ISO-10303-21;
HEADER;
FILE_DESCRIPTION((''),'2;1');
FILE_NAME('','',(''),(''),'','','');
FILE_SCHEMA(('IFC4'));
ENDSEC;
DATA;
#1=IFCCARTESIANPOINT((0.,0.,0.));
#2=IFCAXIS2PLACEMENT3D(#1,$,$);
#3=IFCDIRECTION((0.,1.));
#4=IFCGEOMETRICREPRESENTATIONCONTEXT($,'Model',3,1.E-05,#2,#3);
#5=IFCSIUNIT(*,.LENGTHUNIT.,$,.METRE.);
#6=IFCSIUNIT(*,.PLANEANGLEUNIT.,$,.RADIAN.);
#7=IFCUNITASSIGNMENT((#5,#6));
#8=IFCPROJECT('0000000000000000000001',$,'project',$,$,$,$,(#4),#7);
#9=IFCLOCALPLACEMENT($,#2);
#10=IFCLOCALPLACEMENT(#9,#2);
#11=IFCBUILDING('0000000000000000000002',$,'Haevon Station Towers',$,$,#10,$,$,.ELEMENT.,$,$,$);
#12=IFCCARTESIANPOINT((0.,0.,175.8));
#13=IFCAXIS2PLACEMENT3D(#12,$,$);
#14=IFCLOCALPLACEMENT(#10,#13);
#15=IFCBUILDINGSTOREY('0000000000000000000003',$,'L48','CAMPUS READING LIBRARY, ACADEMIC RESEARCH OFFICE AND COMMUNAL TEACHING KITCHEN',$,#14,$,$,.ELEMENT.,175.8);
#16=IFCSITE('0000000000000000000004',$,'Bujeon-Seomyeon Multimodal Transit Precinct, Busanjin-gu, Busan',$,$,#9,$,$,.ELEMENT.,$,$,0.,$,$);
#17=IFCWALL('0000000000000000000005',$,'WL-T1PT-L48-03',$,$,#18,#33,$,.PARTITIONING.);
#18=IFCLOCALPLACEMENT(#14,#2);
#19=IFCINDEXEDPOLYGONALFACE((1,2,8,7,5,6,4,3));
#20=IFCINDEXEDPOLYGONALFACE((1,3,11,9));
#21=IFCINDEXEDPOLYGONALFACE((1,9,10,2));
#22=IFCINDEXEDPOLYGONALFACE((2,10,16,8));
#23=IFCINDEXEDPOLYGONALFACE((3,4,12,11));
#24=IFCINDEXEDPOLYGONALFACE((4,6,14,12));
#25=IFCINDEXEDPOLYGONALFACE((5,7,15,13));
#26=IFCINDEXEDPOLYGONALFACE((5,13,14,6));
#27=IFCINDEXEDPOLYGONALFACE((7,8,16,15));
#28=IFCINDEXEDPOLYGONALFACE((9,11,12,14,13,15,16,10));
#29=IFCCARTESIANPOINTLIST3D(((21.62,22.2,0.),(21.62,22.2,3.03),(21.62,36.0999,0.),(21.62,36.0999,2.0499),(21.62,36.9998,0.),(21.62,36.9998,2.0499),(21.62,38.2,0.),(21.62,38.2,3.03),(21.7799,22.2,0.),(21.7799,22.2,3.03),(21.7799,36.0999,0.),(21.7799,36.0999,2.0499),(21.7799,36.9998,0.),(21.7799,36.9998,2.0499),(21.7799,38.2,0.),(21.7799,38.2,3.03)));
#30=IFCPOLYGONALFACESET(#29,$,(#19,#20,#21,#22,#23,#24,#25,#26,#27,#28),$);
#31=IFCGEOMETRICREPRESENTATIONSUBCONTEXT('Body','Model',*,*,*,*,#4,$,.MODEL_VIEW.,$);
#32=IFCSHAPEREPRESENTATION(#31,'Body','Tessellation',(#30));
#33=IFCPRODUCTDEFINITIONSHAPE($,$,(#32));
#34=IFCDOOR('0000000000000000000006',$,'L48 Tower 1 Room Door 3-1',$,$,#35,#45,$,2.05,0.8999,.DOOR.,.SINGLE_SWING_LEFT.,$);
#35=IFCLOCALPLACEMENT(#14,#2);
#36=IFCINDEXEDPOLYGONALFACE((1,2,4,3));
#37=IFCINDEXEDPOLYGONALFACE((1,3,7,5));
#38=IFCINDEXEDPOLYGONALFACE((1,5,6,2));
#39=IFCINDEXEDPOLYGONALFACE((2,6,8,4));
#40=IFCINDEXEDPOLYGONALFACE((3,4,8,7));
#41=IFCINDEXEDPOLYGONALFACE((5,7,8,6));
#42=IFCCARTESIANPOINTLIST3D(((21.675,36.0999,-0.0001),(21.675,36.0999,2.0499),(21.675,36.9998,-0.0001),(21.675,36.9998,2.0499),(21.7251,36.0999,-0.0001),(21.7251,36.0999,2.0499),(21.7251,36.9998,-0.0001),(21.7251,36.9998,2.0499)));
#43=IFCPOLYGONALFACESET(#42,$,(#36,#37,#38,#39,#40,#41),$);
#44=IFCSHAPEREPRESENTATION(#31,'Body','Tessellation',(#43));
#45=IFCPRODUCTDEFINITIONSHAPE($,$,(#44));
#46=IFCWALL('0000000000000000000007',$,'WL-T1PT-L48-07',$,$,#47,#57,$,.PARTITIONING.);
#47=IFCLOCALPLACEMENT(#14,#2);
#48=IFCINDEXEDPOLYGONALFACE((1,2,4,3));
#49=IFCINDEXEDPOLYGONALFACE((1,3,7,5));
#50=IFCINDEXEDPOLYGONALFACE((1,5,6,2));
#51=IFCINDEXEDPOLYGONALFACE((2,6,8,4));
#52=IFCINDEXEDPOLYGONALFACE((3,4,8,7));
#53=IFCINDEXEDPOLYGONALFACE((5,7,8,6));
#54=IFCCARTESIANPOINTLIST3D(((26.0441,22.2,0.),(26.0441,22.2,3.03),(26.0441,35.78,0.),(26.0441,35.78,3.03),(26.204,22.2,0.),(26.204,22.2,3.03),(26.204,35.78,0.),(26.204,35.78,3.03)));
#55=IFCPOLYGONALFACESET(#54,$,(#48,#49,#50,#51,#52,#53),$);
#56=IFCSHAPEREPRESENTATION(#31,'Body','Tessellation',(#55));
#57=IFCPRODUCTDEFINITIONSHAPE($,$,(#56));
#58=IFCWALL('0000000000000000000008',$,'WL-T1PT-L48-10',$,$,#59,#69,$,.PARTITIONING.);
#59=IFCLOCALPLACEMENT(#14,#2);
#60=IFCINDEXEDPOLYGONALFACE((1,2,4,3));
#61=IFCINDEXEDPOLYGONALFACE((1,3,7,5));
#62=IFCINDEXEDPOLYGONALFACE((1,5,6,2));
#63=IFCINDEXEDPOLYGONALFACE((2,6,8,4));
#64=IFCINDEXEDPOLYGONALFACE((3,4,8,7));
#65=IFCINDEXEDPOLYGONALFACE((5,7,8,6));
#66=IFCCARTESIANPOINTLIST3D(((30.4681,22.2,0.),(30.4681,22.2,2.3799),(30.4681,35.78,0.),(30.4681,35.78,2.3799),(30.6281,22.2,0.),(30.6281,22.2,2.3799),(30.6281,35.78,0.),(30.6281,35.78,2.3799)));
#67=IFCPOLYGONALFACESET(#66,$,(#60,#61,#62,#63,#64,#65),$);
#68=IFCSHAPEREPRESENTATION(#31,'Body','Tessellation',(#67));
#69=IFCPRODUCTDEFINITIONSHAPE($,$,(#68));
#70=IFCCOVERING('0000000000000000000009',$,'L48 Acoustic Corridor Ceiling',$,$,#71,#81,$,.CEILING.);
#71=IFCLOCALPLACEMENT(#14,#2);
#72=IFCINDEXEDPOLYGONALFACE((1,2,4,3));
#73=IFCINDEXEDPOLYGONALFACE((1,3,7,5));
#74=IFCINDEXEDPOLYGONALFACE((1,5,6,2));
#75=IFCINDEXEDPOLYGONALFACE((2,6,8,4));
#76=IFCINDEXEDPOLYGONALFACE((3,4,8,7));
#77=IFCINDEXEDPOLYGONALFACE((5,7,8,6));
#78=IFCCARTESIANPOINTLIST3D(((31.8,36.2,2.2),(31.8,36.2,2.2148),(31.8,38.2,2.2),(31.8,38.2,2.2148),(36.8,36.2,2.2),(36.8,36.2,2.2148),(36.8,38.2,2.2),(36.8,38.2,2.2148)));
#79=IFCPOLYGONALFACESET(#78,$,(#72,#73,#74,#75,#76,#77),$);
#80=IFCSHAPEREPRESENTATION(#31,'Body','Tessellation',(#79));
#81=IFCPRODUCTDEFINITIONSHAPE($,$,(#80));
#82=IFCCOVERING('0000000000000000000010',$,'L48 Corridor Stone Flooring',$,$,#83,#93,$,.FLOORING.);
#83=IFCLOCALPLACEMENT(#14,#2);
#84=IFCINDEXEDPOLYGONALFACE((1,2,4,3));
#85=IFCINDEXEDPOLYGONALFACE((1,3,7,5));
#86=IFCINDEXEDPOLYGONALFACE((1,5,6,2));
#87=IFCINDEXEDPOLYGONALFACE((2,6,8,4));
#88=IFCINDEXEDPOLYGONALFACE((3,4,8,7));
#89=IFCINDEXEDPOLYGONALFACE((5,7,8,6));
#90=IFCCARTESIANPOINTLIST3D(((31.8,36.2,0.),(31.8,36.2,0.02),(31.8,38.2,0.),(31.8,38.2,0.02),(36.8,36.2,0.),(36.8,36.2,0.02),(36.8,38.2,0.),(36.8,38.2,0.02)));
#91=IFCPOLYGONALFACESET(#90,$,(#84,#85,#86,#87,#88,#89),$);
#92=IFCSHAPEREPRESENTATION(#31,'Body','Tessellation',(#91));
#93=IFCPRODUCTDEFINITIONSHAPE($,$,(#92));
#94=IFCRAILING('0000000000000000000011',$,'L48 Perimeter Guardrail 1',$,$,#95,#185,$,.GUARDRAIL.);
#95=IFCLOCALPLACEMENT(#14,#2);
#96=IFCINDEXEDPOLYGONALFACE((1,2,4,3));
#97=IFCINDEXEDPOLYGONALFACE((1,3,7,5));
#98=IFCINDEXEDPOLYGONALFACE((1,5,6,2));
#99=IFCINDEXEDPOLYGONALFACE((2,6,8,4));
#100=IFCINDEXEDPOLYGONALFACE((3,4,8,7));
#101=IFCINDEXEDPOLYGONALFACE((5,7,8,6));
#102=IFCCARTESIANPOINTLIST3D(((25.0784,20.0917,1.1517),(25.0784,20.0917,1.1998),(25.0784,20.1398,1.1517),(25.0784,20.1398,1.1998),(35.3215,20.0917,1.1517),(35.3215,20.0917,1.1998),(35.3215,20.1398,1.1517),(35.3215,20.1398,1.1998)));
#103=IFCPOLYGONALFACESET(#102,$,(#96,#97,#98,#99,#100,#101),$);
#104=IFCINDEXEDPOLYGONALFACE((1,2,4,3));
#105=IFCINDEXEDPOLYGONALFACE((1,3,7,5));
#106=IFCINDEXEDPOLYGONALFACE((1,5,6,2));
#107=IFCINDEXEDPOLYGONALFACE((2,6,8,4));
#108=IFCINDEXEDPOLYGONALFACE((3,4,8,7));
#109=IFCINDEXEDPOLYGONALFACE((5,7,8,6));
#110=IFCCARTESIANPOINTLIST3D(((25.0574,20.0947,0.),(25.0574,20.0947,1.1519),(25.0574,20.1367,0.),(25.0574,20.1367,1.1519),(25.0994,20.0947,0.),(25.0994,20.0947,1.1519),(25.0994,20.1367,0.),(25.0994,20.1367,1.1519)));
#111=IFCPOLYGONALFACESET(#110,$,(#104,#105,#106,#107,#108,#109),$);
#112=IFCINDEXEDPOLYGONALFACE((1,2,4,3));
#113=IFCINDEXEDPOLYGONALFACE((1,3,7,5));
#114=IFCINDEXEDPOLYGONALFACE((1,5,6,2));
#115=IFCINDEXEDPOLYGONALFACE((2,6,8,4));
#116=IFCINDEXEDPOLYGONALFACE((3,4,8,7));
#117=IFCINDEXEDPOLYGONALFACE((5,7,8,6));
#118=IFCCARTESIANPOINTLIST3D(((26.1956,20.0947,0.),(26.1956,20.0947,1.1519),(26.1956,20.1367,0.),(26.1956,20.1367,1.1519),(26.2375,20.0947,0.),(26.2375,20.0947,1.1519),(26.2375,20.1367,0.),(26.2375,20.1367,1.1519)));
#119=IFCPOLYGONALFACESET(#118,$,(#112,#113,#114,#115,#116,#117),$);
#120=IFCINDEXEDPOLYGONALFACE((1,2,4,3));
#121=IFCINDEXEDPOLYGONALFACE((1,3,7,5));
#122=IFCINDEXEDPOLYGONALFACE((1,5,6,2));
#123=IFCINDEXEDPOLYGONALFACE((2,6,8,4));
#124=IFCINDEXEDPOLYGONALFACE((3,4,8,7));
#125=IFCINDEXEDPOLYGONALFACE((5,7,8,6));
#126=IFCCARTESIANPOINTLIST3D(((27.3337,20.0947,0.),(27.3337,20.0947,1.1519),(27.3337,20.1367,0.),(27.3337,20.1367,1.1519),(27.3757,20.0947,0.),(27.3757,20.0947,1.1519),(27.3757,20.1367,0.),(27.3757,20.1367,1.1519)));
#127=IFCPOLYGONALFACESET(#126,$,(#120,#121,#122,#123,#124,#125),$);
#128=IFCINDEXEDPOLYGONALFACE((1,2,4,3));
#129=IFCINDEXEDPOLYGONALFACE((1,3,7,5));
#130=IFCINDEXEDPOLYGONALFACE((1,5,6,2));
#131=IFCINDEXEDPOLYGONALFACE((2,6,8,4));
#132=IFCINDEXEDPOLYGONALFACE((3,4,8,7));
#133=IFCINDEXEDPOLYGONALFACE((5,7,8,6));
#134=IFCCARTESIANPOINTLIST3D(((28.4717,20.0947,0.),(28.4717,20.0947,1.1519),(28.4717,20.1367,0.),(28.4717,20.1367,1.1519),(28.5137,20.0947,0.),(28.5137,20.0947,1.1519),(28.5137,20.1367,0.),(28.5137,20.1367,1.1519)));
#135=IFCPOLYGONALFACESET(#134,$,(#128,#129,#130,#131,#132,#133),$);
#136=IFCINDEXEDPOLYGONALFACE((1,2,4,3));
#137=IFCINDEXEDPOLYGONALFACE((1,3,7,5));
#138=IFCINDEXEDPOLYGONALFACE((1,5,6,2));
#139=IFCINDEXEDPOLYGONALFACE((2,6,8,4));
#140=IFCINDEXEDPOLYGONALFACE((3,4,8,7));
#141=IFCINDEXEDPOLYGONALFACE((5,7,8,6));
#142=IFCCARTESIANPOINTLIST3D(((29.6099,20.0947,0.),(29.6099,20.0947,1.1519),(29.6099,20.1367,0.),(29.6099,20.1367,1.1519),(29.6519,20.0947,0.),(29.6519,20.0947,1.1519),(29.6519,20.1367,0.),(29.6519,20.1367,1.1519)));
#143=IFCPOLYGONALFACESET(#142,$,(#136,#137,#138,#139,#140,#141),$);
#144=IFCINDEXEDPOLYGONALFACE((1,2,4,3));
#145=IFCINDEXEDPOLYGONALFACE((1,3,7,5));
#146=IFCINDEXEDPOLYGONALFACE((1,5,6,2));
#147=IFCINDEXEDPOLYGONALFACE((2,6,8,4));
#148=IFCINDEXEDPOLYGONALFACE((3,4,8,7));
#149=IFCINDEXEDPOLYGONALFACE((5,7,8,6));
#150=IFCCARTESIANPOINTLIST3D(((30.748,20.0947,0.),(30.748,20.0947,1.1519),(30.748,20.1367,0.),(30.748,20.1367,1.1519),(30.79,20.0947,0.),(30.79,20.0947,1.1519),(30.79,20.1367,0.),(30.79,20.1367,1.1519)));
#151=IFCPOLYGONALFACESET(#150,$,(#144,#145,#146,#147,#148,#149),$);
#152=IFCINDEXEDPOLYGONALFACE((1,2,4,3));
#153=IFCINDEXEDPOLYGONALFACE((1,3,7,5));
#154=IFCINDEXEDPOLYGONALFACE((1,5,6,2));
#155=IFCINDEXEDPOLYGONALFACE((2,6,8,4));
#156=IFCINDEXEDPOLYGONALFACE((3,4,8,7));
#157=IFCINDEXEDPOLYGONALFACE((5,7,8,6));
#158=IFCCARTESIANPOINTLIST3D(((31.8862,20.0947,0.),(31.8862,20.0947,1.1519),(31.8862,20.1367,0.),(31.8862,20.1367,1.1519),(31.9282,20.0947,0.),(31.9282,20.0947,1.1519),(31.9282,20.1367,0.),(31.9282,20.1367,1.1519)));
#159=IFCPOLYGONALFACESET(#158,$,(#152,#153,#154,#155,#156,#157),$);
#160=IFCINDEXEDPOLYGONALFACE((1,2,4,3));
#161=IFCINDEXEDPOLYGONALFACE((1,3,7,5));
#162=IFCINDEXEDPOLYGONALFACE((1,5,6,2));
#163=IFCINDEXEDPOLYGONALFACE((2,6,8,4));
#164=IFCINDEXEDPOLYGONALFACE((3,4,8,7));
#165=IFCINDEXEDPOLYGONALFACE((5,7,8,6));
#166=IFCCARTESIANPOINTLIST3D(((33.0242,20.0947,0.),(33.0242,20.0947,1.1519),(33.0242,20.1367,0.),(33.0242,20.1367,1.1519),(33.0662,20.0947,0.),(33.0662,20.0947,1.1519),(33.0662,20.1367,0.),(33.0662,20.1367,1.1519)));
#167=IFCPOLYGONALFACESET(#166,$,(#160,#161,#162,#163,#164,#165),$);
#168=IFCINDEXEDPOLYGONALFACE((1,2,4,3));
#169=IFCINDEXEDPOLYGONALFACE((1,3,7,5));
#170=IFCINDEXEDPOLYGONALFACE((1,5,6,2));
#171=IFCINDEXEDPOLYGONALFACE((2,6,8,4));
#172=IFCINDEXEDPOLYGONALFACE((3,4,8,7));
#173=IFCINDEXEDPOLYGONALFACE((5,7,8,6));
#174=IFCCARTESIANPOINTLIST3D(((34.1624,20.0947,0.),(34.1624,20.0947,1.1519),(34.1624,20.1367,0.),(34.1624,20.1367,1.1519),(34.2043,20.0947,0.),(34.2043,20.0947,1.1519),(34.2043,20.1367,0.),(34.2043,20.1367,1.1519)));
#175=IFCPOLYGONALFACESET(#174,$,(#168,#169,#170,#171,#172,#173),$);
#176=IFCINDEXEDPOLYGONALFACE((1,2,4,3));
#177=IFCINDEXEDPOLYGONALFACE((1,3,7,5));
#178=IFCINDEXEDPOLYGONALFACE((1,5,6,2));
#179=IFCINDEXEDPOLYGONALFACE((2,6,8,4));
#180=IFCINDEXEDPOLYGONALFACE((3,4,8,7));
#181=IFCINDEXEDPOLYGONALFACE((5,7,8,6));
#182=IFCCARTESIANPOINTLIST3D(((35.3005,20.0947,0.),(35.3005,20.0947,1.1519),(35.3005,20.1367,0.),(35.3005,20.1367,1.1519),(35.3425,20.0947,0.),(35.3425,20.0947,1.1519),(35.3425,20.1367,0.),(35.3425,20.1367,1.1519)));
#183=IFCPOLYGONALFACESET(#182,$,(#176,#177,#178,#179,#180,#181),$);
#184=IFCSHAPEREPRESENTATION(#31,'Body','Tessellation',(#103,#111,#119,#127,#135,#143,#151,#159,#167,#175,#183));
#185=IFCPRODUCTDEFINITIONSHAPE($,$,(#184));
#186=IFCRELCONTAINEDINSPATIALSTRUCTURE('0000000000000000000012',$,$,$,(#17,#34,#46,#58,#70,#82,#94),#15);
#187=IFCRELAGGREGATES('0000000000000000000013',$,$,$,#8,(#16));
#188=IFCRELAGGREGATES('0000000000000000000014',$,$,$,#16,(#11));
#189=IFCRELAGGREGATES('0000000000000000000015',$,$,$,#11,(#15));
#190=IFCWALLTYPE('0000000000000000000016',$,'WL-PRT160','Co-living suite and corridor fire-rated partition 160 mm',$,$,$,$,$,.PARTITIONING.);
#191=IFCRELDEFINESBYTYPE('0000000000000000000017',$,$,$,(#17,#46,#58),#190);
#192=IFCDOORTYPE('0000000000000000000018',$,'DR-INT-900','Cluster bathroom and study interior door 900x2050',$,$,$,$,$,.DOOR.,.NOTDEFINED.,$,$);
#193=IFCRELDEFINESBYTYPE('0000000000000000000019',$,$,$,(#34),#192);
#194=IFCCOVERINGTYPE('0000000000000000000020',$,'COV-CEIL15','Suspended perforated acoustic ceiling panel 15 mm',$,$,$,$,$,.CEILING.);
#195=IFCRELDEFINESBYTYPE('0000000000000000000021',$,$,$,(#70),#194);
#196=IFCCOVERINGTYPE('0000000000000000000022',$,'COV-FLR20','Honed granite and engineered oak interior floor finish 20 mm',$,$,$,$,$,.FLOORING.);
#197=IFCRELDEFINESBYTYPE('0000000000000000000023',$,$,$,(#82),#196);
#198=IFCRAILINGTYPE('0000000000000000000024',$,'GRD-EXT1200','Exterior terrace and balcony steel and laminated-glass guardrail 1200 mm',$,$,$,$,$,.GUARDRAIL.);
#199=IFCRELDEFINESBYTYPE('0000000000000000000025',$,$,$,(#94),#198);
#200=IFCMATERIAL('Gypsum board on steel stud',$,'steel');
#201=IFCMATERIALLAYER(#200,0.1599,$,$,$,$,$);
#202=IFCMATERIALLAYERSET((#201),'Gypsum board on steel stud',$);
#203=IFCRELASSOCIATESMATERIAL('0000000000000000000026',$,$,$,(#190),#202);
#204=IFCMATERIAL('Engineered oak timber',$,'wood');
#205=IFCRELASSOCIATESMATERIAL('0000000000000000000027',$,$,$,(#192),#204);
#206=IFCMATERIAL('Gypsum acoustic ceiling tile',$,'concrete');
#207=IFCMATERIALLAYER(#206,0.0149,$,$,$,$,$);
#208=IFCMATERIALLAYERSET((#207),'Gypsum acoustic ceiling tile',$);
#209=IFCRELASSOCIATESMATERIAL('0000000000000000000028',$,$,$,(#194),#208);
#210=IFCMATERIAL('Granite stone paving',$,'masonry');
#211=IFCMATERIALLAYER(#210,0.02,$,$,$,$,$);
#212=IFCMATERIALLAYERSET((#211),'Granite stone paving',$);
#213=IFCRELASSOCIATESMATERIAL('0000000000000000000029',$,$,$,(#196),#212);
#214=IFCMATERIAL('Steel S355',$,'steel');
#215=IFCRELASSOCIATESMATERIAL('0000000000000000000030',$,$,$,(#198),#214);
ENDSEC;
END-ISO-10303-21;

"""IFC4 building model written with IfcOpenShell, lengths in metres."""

from ifc_helpers import new_model, si_unit, direction, frame, frame_2d, origin, origin_2d, place, context, subcontext, project, spatial, polyline, rectangle, outline, extrude, material, layer, layer_set, type_object, element, fill, save


model = new_model("IFC4")

# Units and contexts
model_context = context("Model", 3, precision=1e-05, world=origin(), true_north=direction((0.0, 1.0)))
body_context = subcontext(model_context, "Body", "Model", "MODEL_VIEW")
ifc_project = project(units=[si_unit("LENGTHUNIT", "METRE"), si_unit("PLANEANGLEUNIT", "RADIAN")], contexts=[model_context])

# Site, building, storey
site_placement = place(None, origin())
site = spatial("IfcSite", under=ifc_project, at=site_placement, Name="Bujeon-Seomyeon Multimodal Transit Precinct, Busanjin-gu, Busan", CompositionType="ELEMENT", RefElevation=0.0)
building_placement = place(site_placement, origin())
building = spatial("IfcBuilding", under=site, at=building_placement, Name="Haevon Station Towers", CompositionType="ELEMENT")
storey_placement = place(building_placement, frame((0.0, 0.0, 175.8)))
storey = spatial("IfcBuildingStorey", under=building, at=storey_placement, Name="L48", Description="CAMPUS READING LIBRARY, ACADEMIC RESEARCH OFFICE AND COMMUNAL TEACHING KITCHEN", CompositionType="ELEMENT", Elevation=175.8)

# Shared definitions
ifc_material_1 = material(Name="Steel S355", Category="steel")

# Wall, opening, door
ifc_material_2 = material(Name="Gypsum board on steel stud", Category="steel")
ifc_layer_1 = layer(ifc_material_2, 0.1599)
ifc_layer_set_1 = layer_set([ifc_layer_1], Name="Gypsum board on steel stud")
wall_type_1 = type_object("IfcWallType", Name="WL-PRT160", Description="Co-living suite and corridor fire-rated partition 160 mm", PredefinedType="PARTITIONING", material=ifc_layer_set_1)
wall_1_placement = place(storey_placement, frame((21.7, 22.2, 0.0), z_axis=(0.0, 0.0, 1.0), x_axis=(0.0, 1.0, 0.0)))
wall_1 = element("IfcWall", 1, at=wall_1_placement, inside=storey, type_object=wall_type_1, Name="WL-T1PT-L48-03", PredefinedType="PARTITIONING", context=body_context, shape_type="SweptSolid", body=[
    extrude(rectangle(XDim=16.0, YDim=0.1599, at=frame_2d((8.0, 0.0))), origin(), (0.0, 0.0, 1.0), 3.03),
])
opening_placement = place(wall_1_placement, frame((13.8999, 0.0, 0.0)))
opening = element("IfcOpeningElement", 2, at=opening_placement, cuts=wall_1, PredefinedType="OPENING", context=body_context, shape_type="SweptSolid", body=[
    extrude(rectangle(XDim=0.8999, YDim=2.05, at=frame_2d((0.45, 1.0249))), frame((0.0, 0.0898, 0.0), z_axis=(0.0, -1.0, 0.0), x_axis=(1.0, 0.0, 0.0)), (0.0, 0.0, 1.0), 0.1799),
])
ifc_material_3 = material(Name="Engineered oak timber", Category="wood")
door_type = type_object("IfcDoorType", Name="DR-INT-900", Description="Cluster bathroom and study interior door 900x2050", OperationType="NOTDEFINED", PredefinedType="DOOR", material=ifc_material_3)
door_placement = place(opening_placement, origin())
door = element("IfcDoor", 3, at=door_placement, inside=storey, type_object=door_type, Name="L48 Tower 1 Room Door 3-1", OperationType="SINGLE_SWING_LEFT", OverallHeight=2.05, OverallWidth=0.8999, PredefinedType="DOOR", context=body_context, shape_type="SweptSolid", body=[
    extrude(rectangle(XDim=0.8999, YDim=2.05, at=frame_2d((0.45, 1.0249))), frame((0.0, 0.0249, 0.0), z_axis=(0.0, -1.0, 0.0), x_axis=(1.0, 0.0, 0.0)), (0.0, 0.0, 1.0), 0.05),
])
fill(opening, door)

# Walls
wall_2_placement = place(storey_placement, frame((26.124, 22.2, 0.0), z_axis=(0.0, 0.0, 1.0), x_axis=(0.0, 1.0, 0.0)))
element("IfcWall", 4, at=wall_2_placement, inside=storey, type_object=wall_type_1, Name="WL-T1PT-L48-07", PredefinedType="PARTITIONING", context=body_context, shape_type="SweptSolid", body=[
    extrude(rectangle(XDim=13.5801, YDim=0.1599, at=frame_2d((6.79, 0.0))), origin(), (0.0, 0.0, 1.0), 3.03),
])
wall_3_placement = place(storey_placement, frame((30.5481, 22.2, 0.0), z_axis=(0.0, 0.0, 1.0), x_axis=(0.0, 1.0, 0.0)))
element("IfcWall", 5, at=wall_3_placement, inside=storey, type_object=wall_type_1, Name="WL-T1PT-L48-10", PredefinedType="PARTITIONING", context=body_context, shape_type="SweptSolid", body=[
    extrude(rectangle(XDim=13.5801, YDim=0.1599, at=frame_2d((6.79, 0.0))), origin(), (0.0, 0.0, 1.0), 2.3799),
])

# Coverings
ifc_material_4 = material(Name="Gypsum acoustic ceiling tile", Category="concrete")
ifc_layer_2 = layer(ifc_material_4, 0.0149)
ifc_layer_set_2 = layer_set([ifc_layer_2], Name="Gypsum acoustic ceiling tile")
covering_type_1 = type_object("IfcCoveringType", Name="COV-CEIL15", Description="Suspended perforated acoustic ceiling panel 15 mm", PredefinedType="CEILING", material=ifc_layer_set_2)
covering_1_placement = place(storey_placement, frame((0.0, 0.0, 2.2)))
element("IfcCovering", 6, at=covering_1_placement, inside=storey, type_object=covering_type_1, Name="L48 Acoustic Corridor Ceiling", PredefinedType="CEILING", context=body_context, shape_type="SweptSolid", body=[
    extrude(outline(polyline([(31.8, 36.2), (36.8, 36.2), (36.8, 38.2), (31.8, 38.2), (31.8, 36.2)])), origin(), (0.0, 0.0, 1.0), 0.0149),
])
ifc_material_5 = material(Name="Granite stone paving", Category="masonry")
ifc_layer_3 = layer(ifc_material_5, 0.02)
ifc_layer_set_3 = layer_set([ifc_layer_3], Name="Granite stone paving")
covering_type_2 = type_object("IfcCoveringType", Name="COV-FLR20", Description="Honed granite and engineered oak interior floor finish 20 mm", PredefinedType="FLOORING", material=ifc_layer_set_3)
covering_2_placement = place(storey_placement, origin())
element("IfcCovering", 7, at=covering_2_placement, inside=storey, type_object=covering_type_2, Name="L48 Corridor Stone Flooring", PredefinedType="FLOORING", context=body_context, shape_type="SweptSolid", body=[
    extrude(outline(polyline([(31.8, 36.2), (36.8, 36.2), (36.8, 38.2), (31.8, 38.2), (31.8, 36.2)])), origin(), (0.0, 0.0, 1.0), 0.02),
])

# Railing
railing_type = type_object("IfcRailingType", Name="GRD-EXT1200", Description="Exterior terrace and balcony steel and laminated-glass guardrail 1200 mm", PredefinedType="GUARDRAIL", material=ifc_material_1)
railing_1_placement = place(storey_placement, frame((25.0784, 20.1157, 0.0)))
element("IfcRailing", 8, at=railing_1_placement, inside=storey, type_object=railing_type, Name="L48 Perimeter Guardrail 1", PredefinedType="GUARDRAIL", context=body_context, shape_type="SweptSolid", body=[
    extrude(rectangle(XDim=0.0481, YDim=0.0481, at=origin_2d()), frame((0.0, 0.0, 1.1758), z_axis=(1.0, 0.0, 0.0), x_axis=(0.0, 1.0, 0.0)), (0.0, 0.0, 1.0), 10.2432),
    extrude(rectangle(XDim=0.042, YDim=0.042, at=origin_2d()), origin(), (0.0, 0.0, 1.0), 1.1519),
    extrude(rectangle(XDim=0.042, YDim=0.042, at=origin_2d()), frame((1.1382, 0.0, 0.0)), (0.0, 0.0, 1.0), 1.1519),
    extrude(rectangle(XDim=0.042, YDim=0.042, at=origin_2d()), frame((2.2764, 0.0, 0.0)), (0.0, 0.0, 1.0), 1.1519),
    extrude(rectangle(XDim=0.042, YDim=0.042, at=origin_2d()), frame((3.4143, 0.0, 0.0)), (0.0, 0.0, 1.0), 1.1519),
    extrude(rectangle(XDim=0.042, YDim=0.042, at=origin_2d()), frame((4.5525, 0.0, 0.0)), (0.0, 0.0, 1.0), 1.1519),
    extrude(rectangle(XDim=0.042, YDim=0.042, at=origin_2d()), frame((5.6907, 0.0, 0.0)), (0.0, 0.0, 1.0), 1.1519),
    extrude(rectangle(XDim=0.042, YDim=0.042, at=origin_2d()), frame((6.8289, 0.0, 0.0)), (0.0, 0.0, 1.0), 1.1519),
    extrude(rectangle(XDim=0.042, YDim=0.042, at=origin_2d()), frame((7.9668, 0.0, 0.0)), (0.0, 0.0, 1.0), 1.1519),
    extrude(rectangle(XDim=0.042, YDim=0.042, at=origin_2d()), frame((9.105, 0.0, 0.0)), (0.0, 0.0, 1.0), 1.1519),
    extrude(rectangle(XDim=0.042, YDim=0.042, at=origin_2d()), frame((10.2432, 0.0, 0.0)), (0.0, 0.0, 1.0), 1.1519),
])

save(model, "model.ifc")
